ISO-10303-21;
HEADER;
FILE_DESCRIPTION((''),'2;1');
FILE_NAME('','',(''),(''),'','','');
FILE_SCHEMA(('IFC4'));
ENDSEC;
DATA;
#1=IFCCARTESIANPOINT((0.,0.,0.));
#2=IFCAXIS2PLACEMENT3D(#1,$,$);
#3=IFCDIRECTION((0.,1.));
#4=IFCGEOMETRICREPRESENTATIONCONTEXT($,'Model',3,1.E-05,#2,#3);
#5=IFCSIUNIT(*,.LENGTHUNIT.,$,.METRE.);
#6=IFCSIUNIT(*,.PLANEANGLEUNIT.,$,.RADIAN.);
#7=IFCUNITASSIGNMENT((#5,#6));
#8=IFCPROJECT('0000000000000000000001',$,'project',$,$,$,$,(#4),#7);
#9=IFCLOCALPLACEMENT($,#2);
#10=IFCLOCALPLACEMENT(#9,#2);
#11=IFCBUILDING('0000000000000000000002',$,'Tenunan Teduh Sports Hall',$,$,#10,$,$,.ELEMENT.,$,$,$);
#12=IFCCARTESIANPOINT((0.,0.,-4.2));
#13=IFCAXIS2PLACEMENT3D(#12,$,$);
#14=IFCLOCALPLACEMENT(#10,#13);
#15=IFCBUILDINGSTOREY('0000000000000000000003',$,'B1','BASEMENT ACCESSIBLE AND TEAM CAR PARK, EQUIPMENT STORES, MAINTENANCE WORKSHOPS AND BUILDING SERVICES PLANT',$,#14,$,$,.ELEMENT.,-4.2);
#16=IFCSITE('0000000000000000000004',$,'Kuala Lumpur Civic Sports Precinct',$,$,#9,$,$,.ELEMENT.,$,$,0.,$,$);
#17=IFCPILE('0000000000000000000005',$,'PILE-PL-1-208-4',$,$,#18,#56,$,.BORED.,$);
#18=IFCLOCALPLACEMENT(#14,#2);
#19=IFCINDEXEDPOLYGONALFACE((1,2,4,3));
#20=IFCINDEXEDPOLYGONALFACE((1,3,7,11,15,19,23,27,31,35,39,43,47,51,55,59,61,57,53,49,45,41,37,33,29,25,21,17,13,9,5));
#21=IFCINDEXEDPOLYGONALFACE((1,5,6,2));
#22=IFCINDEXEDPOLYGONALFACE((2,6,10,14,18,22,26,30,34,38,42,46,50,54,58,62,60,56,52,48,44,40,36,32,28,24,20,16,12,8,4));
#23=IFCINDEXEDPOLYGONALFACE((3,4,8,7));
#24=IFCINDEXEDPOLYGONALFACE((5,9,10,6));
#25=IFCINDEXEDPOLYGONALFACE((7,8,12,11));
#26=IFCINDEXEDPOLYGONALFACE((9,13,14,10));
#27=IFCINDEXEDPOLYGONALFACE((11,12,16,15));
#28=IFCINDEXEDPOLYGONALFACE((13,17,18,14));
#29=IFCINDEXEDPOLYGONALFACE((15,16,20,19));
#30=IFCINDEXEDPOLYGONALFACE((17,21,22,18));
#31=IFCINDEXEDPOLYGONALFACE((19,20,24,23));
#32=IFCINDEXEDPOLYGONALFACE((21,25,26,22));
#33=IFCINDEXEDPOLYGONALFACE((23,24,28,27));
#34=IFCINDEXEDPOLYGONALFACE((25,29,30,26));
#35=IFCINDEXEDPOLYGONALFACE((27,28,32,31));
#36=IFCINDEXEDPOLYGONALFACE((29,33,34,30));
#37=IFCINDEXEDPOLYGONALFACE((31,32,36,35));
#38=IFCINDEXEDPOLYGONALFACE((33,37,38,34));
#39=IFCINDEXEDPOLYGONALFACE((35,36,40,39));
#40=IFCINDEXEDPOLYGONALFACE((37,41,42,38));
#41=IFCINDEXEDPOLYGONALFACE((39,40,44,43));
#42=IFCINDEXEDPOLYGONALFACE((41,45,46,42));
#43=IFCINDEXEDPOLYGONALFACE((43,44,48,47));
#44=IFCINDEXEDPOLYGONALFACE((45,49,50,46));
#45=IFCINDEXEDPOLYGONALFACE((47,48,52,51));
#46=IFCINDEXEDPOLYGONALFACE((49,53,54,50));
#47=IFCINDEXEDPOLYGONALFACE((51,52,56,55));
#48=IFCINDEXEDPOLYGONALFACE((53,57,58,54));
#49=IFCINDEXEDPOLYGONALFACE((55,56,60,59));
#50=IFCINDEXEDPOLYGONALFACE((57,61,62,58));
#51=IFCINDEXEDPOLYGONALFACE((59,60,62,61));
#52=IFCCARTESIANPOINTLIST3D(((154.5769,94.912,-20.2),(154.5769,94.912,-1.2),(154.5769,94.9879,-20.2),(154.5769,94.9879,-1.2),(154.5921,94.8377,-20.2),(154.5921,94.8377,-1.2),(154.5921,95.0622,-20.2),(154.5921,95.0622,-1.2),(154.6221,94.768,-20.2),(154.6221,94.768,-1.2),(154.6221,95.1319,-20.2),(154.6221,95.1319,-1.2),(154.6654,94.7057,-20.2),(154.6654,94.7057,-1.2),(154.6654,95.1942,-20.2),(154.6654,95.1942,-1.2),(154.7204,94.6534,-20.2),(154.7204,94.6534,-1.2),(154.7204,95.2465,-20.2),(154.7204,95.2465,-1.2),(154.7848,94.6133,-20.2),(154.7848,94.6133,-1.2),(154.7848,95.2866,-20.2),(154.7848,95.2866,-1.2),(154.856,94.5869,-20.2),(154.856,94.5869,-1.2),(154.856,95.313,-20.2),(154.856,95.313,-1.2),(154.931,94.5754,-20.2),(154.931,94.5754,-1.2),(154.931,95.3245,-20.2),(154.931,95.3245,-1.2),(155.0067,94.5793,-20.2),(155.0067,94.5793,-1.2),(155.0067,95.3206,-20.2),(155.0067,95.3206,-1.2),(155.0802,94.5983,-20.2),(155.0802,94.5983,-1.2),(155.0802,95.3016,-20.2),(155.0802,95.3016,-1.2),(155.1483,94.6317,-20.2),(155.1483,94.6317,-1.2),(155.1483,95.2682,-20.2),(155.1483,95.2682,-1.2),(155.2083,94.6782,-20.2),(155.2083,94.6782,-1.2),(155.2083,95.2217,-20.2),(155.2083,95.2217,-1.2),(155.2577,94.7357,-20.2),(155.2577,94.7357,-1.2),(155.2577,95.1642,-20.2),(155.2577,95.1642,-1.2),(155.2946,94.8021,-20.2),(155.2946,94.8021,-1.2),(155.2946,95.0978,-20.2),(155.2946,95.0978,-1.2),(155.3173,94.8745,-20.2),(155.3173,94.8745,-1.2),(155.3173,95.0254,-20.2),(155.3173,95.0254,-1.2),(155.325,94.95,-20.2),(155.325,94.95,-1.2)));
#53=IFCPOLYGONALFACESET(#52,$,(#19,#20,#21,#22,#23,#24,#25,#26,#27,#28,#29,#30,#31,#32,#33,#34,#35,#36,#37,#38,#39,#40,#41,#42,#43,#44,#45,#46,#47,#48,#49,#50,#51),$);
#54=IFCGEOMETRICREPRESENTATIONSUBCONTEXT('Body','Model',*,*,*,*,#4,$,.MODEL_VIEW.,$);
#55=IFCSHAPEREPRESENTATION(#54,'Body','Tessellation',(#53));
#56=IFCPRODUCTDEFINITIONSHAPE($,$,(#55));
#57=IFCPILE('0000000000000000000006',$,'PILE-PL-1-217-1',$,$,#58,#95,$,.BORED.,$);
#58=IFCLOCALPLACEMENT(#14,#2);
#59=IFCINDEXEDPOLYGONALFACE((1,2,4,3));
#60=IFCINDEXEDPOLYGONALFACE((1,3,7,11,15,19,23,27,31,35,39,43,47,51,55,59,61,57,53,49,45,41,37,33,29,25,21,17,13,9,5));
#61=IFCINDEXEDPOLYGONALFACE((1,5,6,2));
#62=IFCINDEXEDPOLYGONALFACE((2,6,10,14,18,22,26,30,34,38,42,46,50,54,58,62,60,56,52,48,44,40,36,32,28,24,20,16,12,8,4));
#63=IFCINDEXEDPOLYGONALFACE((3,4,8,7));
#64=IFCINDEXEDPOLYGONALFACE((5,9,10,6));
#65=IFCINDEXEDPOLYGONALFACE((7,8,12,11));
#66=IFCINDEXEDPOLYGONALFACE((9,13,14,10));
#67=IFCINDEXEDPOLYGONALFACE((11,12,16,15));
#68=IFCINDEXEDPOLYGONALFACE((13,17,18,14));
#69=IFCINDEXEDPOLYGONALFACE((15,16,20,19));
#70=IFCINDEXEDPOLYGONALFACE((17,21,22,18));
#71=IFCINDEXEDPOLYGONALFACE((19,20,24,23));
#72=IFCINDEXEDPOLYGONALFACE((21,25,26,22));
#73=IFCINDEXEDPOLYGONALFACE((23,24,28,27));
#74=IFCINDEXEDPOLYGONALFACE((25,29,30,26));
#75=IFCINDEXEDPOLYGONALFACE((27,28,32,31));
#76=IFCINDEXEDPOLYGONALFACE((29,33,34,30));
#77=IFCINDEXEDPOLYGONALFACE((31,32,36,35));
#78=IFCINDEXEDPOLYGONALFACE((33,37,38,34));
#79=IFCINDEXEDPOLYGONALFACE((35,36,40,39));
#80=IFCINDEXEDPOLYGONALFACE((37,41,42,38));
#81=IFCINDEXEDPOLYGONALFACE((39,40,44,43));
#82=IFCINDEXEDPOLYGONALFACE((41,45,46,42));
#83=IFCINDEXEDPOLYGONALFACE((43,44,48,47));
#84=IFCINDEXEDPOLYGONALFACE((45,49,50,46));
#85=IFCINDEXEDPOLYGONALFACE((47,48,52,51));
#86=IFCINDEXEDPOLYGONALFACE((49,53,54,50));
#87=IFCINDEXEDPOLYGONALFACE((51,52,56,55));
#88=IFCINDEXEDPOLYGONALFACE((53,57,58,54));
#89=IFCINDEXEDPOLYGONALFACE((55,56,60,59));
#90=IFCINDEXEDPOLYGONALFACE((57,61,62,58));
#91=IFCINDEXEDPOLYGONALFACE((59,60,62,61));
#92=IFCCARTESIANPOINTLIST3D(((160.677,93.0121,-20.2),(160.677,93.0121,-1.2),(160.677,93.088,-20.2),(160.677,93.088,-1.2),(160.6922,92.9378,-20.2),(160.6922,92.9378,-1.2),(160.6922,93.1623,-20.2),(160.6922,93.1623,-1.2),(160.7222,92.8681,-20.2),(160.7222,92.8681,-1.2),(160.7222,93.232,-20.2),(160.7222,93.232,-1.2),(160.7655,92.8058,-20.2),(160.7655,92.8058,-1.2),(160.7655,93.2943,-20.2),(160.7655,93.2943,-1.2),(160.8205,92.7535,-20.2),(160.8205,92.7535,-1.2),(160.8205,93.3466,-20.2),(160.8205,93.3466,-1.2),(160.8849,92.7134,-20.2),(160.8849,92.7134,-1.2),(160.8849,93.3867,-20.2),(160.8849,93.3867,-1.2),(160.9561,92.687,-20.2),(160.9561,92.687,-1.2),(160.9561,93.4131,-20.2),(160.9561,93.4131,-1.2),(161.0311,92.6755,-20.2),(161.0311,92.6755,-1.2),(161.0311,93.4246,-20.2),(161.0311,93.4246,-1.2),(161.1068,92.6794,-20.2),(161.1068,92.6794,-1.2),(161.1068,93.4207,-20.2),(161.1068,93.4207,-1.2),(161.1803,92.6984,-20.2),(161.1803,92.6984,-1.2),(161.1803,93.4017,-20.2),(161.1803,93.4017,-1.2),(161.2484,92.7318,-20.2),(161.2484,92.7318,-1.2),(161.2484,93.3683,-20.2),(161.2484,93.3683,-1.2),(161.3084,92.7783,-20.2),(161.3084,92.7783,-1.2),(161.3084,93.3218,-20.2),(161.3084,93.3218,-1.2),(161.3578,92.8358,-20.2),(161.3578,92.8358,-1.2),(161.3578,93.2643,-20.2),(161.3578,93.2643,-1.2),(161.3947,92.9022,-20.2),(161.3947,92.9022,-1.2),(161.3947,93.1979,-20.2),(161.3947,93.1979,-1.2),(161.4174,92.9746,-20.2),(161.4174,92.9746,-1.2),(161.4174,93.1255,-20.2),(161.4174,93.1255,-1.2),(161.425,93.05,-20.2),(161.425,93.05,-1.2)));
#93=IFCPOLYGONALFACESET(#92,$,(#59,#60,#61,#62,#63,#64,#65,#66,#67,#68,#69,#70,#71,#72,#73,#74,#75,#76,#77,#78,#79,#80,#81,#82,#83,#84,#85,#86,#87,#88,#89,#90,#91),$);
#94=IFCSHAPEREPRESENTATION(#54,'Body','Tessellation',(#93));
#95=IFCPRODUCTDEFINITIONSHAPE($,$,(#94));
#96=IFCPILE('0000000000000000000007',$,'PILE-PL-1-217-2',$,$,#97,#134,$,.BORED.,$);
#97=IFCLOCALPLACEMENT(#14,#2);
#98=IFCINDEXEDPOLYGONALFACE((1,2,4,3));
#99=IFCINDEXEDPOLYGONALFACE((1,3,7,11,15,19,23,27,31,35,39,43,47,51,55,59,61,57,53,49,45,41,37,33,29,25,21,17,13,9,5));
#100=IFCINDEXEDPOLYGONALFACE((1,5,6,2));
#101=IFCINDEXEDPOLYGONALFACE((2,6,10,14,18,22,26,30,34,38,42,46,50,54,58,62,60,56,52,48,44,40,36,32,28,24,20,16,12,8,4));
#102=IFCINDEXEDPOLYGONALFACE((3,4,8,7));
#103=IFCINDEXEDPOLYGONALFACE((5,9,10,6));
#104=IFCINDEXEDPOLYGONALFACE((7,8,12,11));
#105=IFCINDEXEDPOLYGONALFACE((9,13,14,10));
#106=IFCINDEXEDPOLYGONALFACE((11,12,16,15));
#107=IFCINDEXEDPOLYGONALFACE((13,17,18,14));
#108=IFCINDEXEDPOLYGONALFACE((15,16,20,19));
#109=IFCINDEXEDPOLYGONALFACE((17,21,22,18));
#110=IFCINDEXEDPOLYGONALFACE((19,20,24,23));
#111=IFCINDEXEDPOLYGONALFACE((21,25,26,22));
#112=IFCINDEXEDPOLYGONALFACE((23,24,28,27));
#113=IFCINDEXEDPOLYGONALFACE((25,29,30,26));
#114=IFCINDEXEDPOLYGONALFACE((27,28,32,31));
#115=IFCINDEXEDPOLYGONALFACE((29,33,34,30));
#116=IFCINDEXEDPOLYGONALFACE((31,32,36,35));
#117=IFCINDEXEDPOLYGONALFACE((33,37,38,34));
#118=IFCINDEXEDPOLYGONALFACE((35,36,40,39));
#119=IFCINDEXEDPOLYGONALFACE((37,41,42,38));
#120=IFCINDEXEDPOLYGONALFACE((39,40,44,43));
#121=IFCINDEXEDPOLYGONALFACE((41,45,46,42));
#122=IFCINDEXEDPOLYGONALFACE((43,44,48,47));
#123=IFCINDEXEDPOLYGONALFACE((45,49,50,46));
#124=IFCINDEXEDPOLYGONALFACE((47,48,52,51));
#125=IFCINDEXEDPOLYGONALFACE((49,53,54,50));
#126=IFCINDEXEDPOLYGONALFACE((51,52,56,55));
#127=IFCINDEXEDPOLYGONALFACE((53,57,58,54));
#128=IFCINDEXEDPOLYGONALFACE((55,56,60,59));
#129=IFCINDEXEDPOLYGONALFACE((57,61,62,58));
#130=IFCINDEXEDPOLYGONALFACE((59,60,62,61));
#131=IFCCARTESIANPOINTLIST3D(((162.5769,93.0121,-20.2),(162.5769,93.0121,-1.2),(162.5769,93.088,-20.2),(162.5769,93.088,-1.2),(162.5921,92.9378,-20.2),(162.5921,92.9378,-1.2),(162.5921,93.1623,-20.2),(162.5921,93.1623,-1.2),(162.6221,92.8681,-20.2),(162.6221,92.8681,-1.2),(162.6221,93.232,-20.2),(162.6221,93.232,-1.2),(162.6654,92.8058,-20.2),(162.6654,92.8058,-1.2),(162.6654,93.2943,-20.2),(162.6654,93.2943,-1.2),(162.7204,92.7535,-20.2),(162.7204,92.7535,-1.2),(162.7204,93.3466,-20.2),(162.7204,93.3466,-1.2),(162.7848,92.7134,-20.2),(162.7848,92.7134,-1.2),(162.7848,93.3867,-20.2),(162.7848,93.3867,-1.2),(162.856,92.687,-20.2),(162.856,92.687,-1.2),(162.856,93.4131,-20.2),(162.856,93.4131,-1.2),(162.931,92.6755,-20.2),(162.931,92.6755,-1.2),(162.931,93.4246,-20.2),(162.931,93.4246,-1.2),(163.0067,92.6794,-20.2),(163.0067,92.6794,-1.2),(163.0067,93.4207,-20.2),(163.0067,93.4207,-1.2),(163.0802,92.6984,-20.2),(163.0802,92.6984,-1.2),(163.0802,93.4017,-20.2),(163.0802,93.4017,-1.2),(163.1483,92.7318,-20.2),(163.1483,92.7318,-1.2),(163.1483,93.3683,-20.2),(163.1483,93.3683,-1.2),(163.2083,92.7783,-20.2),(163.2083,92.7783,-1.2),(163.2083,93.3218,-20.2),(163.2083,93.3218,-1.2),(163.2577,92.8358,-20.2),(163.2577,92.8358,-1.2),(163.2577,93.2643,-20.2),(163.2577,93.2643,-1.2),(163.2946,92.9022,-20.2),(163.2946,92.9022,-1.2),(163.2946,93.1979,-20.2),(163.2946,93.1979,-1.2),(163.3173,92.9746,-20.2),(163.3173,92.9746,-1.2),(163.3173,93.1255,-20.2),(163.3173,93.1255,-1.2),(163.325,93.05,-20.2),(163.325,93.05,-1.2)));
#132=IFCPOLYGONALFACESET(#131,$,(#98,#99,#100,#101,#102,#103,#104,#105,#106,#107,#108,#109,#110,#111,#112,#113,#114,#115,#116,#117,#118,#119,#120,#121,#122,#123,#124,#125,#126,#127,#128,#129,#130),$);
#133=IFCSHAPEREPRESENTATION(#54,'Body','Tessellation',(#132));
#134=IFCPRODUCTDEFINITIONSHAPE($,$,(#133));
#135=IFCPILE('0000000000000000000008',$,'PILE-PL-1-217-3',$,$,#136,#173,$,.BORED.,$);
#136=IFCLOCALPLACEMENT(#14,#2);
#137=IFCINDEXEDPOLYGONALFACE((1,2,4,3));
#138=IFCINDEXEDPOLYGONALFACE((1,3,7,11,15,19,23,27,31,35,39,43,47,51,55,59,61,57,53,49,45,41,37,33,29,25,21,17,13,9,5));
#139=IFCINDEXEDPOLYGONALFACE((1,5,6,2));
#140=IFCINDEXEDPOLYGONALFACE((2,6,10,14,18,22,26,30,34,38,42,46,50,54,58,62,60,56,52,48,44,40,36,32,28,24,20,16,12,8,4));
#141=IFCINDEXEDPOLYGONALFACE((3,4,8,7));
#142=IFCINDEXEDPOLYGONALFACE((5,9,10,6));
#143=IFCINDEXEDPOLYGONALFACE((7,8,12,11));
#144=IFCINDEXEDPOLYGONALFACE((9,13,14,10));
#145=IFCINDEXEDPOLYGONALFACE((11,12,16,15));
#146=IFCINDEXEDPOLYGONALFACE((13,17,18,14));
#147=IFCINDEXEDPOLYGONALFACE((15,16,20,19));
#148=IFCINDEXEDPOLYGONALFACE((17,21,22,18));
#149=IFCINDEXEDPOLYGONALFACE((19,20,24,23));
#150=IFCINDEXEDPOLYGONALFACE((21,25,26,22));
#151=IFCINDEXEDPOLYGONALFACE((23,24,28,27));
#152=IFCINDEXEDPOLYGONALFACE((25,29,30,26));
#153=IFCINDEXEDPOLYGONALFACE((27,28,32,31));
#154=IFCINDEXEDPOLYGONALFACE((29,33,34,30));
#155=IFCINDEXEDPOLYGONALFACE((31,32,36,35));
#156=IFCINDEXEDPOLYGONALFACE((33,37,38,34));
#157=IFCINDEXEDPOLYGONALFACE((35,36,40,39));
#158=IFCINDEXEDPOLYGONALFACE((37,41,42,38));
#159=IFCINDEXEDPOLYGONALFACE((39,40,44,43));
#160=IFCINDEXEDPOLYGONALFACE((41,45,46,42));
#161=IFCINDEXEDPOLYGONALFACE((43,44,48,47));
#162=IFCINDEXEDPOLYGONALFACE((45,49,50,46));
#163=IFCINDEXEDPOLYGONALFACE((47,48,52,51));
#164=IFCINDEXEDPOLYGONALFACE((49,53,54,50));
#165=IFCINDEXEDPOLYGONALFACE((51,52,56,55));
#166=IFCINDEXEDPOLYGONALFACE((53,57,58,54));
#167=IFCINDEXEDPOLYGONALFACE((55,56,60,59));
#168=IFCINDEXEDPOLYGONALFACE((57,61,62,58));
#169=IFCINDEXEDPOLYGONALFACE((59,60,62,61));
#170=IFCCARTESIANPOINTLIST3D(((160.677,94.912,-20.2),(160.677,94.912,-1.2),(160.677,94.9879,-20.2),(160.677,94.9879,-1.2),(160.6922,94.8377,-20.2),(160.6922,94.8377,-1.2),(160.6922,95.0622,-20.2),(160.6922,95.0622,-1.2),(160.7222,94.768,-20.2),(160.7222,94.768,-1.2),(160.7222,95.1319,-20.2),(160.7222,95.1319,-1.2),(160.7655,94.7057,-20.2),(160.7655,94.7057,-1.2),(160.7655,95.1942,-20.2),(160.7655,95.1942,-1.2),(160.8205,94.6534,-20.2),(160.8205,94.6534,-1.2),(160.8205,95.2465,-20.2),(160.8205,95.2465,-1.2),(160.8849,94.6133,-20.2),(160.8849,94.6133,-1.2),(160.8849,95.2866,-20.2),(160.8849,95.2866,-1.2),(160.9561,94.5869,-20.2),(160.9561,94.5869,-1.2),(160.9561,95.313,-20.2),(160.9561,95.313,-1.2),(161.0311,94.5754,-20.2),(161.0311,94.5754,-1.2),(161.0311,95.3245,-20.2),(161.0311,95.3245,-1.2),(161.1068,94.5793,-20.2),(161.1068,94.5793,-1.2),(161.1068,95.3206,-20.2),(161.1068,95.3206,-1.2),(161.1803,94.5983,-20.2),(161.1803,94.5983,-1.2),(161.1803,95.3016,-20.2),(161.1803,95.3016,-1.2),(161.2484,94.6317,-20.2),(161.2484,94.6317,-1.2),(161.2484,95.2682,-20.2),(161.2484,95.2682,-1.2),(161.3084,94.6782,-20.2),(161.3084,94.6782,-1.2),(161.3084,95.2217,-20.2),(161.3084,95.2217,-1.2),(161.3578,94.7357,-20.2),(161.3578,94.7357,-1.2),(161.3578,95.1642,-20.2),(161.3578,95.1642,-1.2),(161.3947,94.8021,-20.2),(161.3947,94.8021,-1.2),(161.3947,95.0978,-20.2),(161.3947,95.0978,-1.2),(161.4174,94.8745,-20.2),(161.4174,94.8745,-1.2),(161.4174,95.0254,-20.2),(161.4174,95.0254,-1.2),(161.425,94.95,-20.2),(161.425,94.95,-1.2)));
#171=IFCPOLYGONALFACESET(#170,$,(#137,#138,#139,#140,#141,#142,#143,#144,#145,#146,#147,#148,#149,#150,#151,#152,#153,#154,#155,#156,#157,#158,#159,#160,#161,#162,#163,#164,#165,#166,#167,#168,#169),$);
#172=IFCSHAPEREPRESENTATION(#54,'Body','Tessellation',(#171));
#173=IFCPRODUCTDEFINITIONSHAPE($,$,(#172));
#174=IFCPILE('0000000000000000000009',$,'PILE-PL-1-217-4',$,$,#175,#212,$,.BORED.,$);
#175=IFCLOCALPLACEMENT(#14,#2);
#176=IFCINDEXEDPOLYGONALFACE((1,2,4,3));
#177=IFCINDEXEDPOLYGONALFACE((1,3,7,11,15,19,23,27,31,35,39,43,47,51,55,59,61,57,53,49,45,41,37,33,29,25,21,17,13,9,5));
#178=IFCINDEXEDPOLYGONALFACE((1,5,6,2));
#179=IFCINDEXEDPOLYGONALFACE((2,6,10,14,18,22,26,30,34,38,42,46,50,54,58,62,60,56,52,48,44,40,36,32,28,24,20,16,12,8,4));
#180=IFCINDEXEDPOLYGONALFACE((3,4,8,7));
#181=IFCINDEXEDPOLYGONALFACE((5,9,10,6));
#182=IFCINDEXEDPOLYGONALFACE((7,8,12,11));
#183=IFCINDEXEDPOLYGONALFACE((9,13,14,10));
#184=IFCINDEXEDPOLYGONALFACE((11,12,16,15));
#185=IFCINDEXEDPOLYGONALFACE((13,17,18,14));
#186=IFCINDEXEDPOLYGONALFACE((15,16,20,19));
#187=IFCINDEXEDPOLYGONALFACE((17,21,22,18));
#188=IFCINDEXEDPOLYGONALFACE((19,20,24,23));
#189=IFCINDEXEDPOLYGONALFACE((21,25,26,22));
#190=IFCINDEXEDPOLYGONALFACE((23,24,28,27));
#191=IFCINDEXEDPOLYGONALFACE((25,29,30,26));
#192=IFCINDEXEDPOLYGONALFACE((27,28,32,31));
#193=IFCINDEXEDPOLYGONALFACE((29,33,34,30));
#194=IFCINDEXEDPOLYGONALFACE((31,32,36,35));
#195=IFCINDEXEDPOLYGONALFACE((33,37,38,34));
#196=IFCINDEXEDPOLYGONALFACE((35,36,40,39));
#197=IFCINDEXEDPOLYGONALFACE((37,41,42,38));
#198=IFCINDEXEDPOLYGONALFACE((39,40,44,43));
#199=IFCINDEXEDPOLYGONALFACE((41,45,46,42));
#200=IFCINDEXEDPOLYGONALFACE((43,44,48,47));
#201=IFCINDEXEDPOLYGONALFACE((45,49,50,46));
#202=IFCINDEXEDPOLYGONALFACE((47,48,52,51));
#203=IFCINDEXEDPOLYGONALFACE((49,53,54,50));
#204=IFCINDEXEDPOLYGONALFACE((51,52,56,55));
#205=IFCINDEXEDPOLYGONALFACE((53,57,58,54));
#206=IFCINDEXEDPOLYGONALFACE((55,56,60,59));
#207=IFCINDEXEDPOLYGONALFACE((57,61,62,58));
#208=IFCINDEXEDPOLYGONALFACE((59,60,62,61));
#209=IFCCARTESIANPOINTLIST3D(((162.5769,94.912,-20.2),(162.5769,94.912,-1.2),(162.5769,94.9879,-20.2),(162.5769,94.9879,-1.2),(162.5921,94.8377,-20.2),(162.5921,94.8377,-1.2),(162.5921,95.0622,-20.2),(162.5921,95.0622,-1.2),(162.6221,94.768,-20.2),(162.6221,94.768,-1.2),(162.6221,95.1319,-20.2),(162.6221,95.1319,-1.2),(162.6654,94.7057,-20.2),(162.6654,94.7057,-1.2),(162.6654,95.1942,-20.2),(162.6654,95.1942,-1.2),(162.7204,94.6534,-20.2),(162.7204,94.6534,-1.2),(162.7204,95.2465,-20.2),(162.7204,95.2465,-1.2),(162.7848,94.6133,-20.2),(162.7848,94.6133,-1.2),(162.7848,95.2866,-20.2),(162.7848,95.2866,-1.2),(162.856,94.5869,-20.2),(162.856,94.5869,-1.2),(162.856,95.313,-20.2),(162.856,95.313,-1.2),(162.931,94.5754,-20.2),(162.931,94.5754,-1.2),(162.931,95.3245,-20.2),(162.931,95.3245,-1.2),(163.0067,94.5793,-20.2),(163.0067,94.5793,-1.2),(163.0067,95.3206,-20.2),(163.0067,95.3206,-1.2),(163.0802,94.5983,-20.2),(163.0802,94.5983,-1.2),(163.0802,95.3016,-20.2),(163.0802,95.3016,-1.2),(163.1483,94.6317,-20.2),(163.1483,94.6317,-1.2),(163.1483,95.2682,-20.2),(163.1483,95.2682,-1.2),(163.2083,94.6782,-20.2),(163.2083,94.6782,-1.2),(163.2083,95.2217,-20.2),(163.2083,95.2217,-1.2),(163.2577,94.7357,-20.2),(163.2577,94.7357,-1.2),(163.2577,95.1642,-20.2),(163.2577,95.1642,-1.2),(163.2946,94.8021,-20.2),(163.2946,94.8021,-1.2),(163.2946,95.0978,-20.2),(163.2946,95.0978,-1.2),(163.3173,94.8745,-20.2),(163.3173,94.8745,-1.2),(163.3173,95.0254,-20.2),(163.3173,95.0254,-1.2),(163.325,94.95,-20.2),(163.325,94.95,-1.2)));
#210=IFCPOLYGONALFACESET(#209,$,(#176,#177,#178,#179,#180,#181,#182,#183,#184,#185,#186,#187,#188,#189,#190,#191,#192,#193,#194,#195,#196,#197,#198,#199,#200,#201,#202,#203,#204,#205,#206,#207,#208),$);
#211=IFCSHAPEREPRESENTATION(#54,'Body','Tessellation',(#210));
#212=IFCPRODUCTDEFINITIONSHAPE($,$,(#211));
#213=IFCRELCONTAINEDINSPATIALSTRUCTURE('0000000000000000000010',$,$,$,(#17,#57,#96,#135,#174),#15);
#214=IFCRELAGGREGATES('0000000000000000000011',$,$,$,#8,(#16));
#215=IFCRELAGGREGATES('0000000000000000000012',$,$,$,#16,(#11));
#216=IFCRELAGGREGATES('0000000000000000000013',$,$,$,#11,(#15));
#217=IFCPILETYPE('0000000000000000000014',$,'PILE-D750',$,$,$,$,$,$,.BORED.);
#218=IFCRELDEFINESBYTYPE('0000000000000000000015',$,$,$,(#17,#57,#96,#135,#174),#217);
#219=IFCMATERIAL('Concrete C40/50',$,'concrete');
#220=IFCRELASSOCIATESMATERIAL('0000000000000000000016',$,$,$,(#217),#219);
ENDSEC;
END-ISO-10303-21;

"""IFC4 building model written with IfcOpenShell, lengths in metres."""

from ifc_helpers import new_model, si_unit, direction, frame, origin, origin_2d, place, context, subcontext, project, spatial, circle, extrude, material, material_profile, profile_set, type_object, element, save


model = new_model("IFC4")

# Units and contexts
model_context = context("Model", 3, precision=1e-05, world=origin(), true_north=direction((0.0, 1.0)))
body_context = subcontext(model_context, "Body", "Model", "MODEL_VIEW")
ifc_project = project(units=[si_unit("LENGTHUNIT", "METRE"), si_unit("PLANEANGLEUNIT", "RADIAN")], contexts=[model_context])

# Site, building, storey
site_placement = place(None, origin())
site = spatial("IfcSite", under=ifc_project, at=site_placement, Name="Kuala Lumpur Civic Sports Precinct", CompositionType="ELEMENT", RefElevation=0.0)
building_placement = place(site_placement, origin())
building = spatial("IfcBuilding", under=site, at=building_placement, Name="Tenunan Teduh Sports Hall", CompositionType="ELEMENT")
storey_placement = place(building_placement, frame((0.0, 0.0, -4.2)))
storey = spatial("IfcBuildingStorey", under=building, at=storey_placement, Name="B1", Description="BASEMENT ACCESSIBLE AND TEAM CAR PARK, EQUIPMENT STORES, MAINTENANCE WORKSHOPS AND BUILDING SERVICES PLANT", CompositionType="ELEMENT", Elevation=-4.2)

# Piles
ifc_material_1 = material(Name="Concrete C40/50", Category="concrete")
ifc_material_profile_1 = material_profile(ifc_material_1, circle(Radius=0.375, at=origin_2d()), Name="PILE D750")
ifc_profile_set_1 = profile_set([ifc_material_profile_1], Name="Concrete C40/50")
pile_type = type_object("IfcPileType", Name="PILE-D750", PredefinedType="BORED", material=ifc_profile_set_1)
for number, where, z_axis, x_axis, name in (
    (1, (154.95, 94.95, -1.2), (0.0, 0.0, -1.0), (1.0, 0.0, 0.0), "PILE-PL-1-208-4"),
    (2, (161.05, 93.05, -1.2), (0.0, 0.0, -1.0), (1.0, 0.0, 0.0), "PILE-PL-1-217-1"),
    (3, (162.95, 93.05, -1.2), (0.0, 0.0, -1.0), (1.0, 0.0, 0.0), "PILE-PL-1-217-2"),
    (4, (161.05, 94.95, -1.2), (0.0, 0.0, -1.0), (1.0, 0.0, 0.0), "PILE-PL-1-217-3"),
    (5, (162.95, 94.95, -1.2), (0.0, 0.0, -1.0), (1.0, 0.0, 0.0), "PILE-PL-1-217-4"),
):
    element("IfcPile", number, at=place(storey_placement, frame(where, z_axis=z_axis, x_axis=x_axis)), inside=storey, type_object=pile_type, Name=name, PredefinedType="BORED", context=body_context, shape_type="SweptSolid", body=[
        extrude(circle(Radius=0.375, at=origin_2d()), origin(), (0.0, 0.0, 1.0), 19.0),
    ])

save(model, "model.ifc")
